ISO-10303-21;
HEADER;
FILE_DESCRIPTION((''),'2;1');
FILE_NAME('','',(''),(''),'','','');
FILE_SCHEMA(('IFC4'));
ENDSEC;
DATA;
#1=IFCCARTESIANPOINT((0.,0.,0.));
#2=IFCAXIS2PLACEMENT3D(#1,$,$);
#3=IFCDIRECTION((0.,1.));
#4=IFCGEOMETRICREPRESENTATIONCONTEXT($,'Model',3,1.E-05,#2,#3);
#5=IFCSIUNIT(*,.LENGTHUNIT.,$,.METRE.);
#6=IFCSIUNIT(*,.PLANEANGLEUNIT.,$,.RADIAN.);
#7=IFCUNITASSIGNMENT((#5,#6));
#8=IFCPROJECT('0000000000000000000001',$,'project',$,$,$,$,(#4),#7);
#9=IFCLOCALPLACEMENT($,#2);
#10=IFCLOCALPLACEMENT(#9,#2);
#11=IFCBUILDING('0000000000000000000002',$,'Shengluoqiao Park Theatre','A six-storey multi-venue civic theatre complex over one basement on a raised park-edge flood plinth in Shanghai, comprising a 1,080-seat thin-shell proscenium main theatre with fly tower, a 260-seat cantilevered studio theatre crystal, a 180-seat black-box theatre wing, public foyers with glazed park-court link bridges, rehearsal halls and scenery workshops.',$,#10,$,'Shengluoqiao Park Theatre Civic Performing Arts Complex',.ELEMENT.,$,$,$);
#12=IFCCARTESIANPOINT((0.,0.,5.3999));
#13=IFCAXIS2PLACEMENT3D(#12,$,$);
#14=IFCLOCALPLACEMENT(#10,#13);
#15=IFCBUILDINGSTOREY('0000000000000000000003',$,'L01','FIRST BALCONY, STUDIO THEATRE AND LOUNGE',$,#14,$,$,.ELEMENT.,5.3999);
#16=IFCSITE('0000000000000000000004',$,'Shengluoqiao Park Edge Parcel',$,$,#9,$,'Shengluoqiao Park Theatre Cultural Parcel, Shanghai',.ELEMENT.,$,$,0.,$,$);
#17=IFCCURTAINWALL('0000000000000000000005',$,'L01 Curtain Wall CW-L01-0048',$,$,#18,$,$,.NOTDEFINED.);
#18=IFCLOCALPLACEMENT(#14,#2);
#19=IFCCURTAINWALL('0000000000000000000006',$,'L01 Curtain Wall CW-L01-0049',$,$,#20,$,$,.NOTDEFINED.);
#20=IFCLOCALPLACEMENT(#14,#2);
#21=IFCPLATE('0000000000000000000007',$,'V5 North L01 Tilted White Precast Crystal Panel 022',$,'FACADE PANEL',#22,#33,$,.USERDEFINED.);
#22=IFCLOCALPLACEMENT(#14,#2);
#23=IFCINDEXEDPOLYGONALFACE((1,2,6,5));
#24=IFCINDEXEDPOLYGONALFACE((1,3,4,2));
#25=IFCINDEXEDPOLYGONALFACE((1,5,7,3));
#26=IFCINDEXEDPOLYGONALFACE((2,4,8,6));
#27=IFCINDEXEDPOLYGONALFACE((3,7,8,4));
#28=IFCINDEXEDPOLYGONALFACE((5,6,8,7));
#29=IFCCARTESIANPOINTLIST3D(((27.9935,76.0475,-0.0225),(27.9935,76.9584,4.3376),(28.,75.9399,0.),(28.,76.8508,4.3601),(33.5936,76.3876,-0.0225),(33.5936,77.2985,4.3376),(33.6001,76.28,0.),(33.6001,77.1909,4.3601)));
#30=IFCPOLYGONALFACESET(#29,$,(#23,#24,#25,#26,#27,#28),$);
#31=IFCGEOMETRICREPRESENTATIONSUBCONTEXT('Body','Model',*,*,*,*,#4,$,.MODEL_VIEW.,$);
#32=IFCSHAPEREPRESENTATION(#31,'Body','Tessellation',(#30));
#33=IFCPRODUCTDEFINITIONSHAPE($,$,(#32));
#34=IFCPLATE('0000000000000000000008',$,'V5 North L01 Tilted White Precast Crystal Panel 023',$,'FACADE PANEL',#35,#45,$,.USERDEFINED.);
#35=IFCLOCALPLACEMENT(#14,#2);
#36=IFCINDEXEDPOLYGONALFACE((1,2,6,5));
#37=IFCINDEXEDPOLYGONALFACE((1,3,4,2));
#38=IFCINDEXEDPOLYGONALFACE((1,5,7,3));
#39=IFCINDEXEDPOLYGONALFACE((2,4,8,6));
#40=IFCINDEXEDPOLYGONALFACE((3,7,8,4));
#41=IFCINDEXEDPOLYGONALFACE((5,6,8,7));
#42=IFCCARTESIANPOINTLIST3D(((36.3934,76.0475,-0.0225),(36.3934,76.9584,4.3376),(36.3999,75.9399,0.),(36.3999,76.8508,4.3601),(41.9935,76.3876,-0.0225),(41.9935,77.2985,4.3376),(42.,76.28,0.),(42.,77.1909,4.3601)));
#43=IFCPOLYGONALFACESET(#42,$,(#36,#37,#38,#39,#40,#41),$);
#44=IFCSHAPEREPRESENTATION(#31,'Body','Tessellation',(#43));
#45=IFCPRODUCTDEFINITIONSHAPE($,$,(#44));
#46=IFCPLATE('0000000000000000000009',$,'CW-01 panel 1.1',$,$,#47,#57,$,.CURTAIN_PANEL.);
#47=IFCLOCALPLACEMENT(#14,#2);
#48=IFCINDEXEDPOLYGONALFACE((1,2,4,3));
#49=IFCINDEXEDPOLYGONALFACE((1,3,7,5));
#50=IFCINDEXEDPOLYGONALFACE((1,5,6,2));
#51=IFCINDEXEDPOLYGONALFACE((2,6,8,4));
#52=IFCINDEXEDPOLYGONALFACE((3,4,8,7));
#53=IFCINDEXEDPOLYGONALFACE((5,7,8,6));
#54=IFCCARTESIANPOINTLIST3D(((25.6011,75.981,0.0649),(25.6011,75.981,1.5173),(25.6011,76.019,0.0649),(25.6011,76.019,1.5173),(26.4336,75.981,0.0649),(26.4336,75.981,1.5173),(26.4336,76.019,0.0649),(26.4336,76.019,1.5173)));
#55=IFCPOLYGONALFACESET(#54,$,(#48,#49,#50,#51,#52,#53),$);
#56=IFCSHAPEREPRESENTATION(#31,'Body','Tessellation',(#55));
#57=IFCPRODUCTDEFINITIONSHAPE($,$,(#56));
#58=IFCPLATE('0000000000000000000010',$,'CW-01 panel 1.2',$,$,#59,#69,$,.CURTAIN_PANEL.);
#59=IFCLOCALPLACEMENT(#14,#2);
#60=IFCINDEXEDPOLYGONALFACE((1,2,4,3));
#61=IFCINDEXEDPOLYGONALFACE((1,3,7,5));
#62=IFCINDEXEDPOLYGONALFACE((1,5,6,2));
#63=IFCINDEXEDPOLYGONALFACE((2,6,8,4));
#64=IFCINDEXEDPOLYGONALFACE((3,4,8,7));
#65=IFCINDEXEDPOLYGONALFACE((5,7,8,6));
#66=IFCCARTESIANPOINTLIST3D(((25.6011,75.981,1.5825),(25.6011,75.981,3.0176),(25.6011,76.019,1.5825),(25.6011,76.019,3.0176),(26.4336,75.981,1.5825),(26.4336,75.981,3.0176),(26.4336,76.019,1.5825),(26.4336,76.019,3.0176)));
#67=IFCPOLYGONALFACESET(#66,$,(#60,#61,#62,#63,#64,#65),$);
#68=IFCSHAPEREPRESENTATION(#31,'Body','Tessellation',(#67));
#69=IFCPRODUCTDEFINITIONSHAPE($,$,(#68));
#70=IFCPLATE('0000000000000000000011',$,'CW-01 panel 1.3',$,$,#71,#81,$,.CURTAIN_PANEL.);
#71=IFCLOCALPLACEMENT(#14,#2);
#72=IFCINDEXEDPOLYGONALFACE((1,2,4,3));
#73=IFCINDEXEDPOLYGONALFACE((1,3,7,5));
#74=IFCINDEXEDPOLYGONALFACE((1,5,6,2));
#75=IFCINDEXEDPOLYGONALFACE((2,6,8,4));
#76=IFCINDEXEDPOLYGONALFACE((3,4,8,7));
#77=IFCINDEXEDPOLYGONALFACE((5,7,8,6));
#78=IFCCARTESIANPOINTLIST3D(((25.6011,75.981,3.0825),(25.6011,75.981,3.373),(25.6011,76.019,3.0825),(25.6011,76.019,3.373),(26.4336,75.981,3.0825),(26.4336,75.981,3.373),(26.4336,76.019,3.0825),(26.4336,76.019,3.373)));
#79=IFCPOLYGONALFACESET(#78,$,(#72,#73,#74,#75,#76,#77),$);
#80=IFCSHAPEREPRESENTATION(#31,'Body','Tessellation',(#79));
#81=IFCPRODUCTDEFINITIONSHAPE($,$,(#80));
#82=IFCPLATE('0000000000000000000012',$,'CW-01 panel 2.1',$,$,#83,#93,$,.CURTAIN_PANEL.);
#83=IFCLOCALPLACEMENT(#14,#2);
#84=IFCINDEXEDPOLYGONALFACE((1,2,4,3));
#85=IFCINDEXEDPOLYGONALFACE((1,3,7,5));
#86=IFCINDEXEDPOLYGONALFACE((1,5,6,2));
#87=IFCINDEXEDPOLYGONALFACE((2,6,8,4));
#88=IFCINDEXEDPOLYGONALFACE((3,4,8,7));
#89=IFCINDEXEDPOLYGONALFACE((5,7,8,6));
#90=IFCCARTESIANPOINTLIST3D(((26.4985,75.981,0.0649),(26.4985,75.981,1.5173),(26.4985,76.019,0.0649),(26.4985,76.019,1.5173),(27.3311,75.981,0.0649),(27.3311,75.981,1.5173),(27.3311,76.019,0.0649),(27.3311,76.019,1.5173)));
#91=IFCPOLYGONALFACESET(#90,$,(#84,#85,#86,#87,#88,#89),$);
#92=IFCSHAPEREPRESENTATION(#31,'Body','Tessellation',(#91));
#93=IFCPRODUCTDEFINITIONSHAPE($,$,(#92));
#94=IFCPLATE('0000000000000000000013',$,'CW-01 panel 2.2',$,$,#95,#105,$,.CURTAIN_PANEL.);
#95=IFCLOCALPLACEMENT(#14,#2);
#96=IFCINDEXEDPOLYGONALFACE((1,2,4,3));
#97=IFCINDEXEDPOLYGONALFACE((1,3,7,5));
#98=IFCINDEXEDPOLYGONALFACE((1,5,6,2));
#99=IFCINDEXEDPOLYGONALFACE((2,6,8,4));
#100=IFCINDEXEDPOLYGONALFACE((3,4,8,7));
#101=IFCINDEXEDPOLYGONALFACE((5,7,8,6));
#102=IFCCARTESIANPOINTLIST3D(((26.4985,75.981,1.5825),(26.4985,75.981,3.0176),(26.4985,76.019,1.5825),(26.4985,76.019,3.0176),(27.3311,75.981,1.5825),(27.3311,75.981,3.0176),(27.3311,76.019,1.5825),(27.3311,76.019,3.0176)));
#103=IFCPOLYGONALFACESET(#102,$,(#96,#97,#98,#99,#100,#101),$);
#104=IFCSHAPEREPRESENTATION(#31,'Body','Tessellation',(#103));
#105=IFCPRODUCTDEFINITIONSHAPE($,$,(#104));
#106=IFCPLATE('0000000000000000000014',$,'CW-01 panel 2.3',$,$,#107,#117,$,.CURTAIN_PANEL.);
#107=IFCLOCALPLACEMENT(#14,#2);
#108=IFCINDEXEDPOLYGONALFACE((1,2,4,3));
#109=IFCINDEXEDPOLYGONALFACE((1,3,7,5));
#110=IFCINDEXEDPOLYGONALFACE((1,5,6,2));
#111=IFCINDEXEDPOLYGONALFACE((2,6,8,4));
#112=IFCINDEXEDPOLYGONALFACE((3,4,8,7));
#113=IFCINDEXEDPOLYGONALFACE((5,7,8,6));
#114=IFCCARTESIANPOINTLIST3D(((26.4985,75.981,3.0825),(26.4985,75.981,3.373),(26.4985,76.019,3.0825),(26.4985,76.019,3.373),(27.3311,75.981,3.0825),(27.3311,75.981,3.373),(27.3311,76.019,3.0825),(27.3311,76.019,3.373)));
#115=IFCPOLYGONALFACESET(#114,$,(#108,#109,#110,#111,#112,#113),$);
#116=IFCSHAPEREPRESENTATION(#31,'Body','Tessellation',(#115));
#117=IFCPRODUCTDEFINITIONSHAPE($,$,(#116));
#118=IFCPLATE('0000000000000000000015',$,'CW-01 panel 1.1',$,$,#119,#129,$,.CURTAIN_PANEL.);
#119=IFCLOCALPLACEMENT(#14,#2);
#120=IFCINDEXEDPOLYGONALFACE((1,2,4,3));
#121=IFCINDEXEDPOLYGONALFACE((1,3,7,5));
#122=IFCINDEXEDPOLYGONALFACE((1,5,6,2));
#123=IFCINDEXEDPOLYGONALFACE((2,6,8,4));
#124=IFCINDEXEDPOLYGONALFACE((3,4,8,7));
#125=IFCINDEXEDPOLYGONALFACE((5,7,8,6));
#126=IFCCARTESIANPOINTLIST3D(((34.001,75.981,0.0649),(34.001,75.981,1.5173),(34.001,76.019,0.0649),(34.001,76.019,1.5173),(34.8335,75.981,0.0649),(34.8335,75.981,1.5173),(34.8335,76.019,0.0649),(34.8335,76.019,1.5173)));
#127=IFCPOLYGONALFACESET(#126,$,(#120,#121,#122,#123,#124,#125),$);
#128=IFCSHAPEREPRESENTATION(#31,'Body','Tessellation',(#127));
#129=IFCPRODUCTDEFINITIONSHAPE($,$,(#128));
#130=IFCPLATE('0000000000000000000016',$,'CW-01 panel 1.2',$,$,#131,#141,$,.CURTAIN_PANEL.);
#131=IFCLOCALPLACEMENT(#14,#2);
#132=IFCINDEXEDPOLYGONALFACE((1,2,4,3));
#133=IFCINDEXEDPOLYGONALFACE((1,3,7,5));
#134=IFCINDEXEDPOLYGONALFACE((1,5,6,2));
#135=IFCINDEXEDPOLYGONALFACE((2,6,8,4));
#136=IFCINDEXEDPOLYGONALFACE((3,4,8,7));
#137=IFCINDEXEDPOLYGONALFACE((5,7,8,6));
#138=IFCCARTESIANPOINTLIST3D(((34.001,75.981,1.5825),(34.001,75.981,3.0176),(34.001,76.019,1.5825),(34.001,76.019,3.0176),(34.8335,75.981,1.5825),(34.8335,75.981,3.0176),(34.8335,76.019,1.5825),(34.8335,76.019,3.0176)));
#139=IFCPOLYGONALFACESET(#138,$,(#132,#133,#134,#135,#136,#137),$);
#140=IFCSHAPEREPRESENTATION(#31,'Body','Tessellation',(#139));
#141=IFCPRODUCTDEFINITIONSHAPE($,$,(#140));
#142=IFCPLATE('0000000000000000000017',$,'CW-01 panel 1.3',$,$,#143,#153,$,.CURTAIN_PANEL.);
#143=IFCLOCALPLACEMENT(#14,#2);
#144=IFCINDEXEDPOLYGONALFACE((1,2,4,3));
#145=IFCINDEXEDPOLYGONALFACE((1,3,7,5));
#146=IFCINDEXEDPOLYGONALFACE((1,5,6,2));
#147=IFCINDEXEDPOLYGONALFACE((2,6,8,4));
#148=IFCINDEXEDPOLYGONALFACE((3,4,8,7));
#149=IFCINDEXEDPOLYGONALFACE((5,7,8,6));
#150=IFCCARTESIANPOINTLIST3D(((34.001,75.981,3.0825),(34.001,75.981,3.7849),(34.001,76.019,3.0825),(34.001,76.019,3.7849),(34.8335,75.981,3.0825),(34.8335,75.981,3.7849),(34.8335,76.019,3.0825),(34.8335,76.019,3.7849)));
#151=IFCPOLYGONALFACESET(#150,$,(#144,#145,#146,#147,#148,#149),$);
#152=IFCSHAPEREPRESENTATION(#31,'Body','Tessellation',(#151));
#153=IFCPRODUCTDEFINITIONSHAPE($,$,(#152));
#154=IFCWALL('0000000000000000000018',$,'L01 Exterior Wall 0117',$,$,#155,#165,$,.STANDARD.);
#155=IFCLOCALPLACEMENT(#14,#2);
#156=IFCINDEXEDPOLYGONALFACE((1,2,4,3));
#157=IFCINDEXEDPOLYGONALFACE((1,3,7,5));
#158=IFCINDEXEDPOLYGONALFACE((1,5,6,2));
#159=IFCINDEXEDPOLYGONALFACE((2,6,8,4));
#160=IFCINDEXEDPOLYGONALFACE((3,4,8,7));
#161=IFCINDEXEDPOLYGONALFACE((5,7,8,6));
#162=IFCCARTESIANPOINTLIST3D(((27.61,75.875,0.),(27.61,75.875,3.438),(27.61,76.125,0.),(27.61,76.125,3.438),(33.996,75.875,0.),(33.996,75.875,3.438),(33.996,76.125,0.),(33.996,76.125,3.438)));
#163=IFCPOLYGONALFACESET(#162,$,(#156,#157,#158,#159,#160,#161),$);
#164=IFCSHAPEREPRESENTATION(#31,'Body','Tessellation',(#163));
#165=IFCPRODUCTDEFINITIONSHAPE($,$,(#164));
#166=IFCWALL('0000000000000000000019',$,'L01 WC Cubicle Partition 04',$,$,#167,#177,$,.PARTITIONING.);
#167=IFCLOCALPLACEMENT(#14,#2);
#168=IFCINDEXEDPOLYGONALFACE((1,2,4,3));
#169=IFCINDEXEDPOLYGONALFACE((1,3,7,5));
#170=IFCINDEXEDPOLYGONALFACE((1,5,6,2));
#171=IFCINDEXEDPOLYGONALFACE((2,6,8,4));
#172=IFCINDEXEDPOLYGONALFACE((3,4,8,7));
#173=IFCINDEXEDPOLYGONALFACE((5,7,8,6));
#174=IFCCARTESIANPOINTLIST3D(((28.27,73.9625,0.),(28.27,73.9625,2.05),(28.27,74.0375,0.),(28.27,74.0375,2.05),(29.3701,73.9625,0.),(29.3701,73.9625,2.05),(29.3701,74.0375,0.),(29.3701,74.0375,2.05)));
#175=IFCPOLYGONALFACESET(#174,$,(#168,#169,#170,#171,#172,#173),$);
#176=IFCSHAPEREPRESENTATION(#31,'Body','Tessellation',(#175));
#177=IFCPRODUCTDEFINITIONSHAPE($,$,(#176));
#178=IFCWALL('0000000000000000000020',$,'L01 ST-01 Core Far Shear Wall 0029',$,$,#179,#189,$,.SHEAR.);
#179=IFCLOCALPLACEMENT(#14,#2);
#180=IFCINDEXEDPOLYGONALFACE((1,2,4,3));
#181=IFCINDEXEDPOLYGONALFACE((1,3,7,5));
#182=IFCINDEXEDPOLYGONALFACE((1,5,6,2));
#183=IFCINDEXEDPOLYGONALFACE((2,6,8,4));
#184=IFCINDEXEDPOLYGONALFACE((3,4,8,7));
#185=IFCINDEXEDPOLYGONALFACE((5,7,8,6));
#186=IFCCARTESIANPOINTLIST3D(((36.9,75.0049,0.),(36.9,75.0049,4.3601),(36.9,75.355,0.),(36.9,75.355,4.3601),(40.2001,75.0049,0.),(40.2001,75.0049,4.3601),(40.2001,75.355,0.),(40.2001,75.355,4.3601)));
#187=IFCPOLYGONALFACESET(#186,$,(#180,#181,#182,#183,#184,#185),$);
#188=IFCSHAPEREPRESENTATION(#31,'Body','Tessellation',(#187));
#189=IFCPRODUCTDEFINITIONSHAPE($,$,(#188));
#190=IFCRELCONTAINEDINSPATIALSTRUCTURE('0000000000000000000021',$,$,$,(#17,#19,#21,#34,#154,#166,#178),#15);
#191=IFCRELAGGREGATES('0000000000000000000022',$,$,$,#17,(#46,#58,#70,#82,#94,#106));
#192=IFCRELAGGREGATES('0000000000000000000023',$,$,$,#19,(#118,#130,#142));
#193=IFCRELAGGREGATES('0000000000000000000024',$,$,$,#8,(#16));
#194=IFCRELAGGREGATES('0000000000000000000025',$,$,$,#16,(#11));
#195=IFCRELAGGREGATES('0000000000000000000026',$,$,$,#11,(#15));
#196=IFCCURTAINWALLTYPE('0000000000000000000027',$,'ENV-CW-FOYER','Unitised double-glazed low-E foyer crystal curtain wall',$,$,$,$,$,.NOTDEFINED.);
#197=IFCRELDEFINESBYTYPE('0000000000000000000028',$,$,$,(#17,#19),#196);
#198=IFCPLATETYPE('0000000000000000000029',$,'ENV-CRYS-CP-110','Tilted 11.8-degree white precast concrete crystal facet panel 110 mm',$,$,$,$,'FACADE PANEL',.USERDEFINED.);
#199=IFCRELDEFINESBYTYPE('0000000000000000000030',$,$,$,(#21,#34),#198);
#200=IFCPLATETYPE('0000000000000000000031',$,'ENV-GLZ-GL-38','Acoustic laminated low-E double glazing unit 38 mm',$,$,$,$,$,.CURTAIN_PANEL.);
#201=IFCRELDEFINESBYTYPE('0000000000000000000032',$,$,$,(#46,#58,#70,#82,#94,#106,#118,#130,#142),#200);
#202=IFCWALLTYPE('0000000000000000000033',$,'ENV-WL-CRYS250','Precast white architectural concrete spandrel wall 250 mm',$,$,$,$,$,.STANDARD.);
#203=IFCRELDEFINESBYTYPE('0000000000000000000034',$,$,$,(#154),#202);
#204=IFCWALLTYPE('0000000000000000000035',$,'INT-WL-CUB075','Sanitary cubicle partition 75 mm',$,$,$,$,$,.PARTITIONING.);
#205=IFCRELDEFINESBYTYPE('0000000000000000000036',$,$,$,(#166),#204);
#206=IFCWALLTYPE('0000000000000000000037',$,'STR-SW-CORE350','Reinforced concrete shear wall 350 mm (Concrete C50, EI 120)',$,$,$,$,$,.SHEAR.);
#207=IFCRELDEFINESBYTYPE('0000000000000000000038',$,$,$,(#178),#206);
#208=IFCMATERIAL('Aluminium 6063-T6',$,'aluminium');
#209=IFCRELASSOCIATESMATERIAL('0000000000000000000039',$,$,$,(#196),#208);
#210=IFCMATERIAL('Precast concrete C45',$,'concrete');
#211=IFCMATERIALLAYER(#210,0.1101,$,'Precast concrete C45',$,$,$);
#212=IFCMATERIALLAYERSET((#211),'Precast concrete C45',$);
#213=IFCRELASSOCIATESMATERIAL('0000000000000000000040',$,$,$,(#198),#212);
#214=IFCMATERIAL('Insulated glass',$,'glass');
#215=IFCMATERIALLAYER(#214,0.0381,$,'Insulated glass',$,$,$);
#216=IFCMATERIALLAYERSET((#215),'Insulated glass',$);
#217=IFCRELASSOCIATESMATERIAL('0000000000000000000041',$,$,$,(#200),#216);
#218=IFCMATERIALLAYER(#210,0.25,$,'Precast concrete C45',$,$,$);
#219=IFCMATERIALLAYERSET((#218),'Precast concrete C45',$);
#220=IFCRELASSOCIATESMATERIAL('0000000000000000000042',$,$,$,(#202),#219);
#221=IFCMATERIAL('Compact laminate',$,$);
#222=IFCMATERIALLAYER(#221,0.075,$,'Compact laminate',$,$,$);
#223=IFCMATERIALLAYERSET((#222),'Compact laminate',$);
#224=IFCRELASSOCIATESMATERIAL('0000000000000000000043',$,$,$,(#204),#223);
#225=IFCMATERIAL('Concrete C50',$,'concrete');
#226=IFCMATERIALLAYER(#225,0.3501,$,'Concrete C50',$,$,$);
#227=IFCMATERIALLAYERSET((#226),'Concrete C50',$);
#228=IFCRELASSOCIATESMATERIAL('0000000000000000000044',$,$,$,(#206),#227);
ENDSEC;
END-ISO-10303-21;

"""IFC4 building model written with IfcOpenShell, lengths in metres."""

from ifc_helpers import new_model, si_unit, direction, frame, frame_2d, origin, origin_2d, place, context, subcontext, project, spatial, polyline, rectangle, outline, extrude, material, layer, layer_set, type_object, element, aggregate, save


model = new_model("IFC4")

# Units and contexts
model_context = context("Model", 3, precision=1e-05, world=origin(), true_north=direction((0.0, 1.0)))
body_context = subcontext(model_context, "Body", "Model", "MODEL_VIEW")
ifc_project = project(units=[si_unit("LENGTHUNIT", "METRE"), si_unit("PLANEANGLEUNIT", "RADIAN")], contexts=[model_context])

# Site, building, storey
site_placement = place(None, origin())
site = spatial("IfcSite", under=ifc_project, at=site_placement, Name="Shengluoqiao Park Edge Parcel", LongName="Shengluoqiao Park Theatre Cultural Parcel, Shanghai", CompositionType="ELEMENT", RefElevation=0.0)
building_placement = place(site_placement, origin())
building = spatial("IfcBuilding", under=site, at=building_placement, Name="Shengluoqiao Park Theatre", Description="A six-storey multi-venue civic theatre complex over one basement on a raised park-edge flood plinth in Shanghai, comprising a 1,080-seat thin-shell proscenium main theatre with fly tower, a 260-seat cantilevered studio theatre crystal, a 180-seat black-box theatre wing, public foyers with glazed park-court link bridges, rehearsal halls and scenery workshops.", LongName="Shengluoqiao Park Theatre Civic Performing Arts Complex", CompositionType="ELEMENT")
storey_placement = place(building_placement, frame((0.0, 0.0, 5.3999)))
storey = spatial("IfcBuildingStorey", under=building, at=storey_placement, Name="L01", Description="FIRST BALCONY, STUDIO THEATRE AND LOUNGE", CompositionType="ELEMENT", Elevation=5.3999)

# Curtain walls
ifc_material_1 = material(Name="Aluminium 6063-T6", Category="aluminium")
curtain_wall_type = type_object("IfcCurtainWallType", Name="ENV-CW-FOYER", Description="Unitised double-glazed low-E foyer crystal curtain wall", PredefinedType="NOTDEFINED", material=ifc_material_1)
curtain_wall_1_placement = place(storey_placement, origin())
curtain_wall_1 = element("IfcCurtainWall", 1, at=curtain_wall_1_placement, inside=storey, type_object=curtain_wall_type, Name="L01 Curtain Wall CW-L01-0048", PredefinedType="NOTDEFINED")
curtain_wall_2_placement = place(storey_placement, origin())
curtain_wall_2 = element("IfcCurtainWall", 2, at=curtain_wall_2_placement, inside=storey, type_object=curtain_wall_type, Name="L01 Curtain Wall CW-L01-0049", PredefinedType="NOTDEFINED")

# Plates
ifc_material_2 = material(Name="Precast concrete C45", Category="concrete")
ifc_layer_1 = layer(ifc_material_2, 0.1101, Name="Precast concrete C45")
ifc_layer_set_1 = layer_set([ifc_layer_1], Name="Precast concrete C45")
plate_type_1 = type_object("IfcPlateType", Name="ENV-CRYS-CP-110", Description="Tilted 11.8-degree white precast concrete crystal facet panel 110 mm", ElementType="FACADE PANEL", PredefinedType="USERDEFINED", material=ifc_layer_set_1)
for number, where, z_axis, x_axis, name in (
    (3, (28.0, 75.9399, 0.0), (0.059341, -0.977142, 0.204139), (0.998161, 0.060617, 0.0), "V5 North L01 Tilted White Precast Crystal Panel 022"),
    (4, (36.3999, 75.9399, 0.0), (0.059341, -0.977142, 0.204139), (0.998161, 0.060617, 0.0), "V5 North L01 Tilted White Precast Crystal Panel 023"),
):
    element("IfcPlate", number, at=place(storey_placement, frame(where, z_axis=z_axis, x_axis=x_axis)), inside=storey, type_object=plate_type_1, Name=name, ObjectType="FACADE PANEL", PredefinedType="USERDEFINED", context=body_context, shape_type="SweptSolid", body=[
        extrude(outline(polyline([(0.0, 0.0), (5.6104, 0.0), (5.6656, 4.4539), (0.0552, 4.4539), (0.0, 0.0)])), origin(), (0.0, 0.0, -1.0), 0.1101),
    ])

# Plates
ifc_material_3 = material(Name="Insulated glass", Category="glass")
ifc_layer_2 = layer(ifc_material_3, 0.0381, Name="Insulated glass")
ifc_layer_set_2 = layer_set([ifc_layer_2], Name="Insulated glass")
plate_type_2 = type_object("IfcPlateType", Name="ENV-GLZ-GL-38", Description="Acoustic laminated low-E double glazing unit 38 mm", PredefinedType="CURTAIN_PANEL", material=ifc_layer_set_2)
plate_1_placement = place(storey_placement, frame((26.0173, 76.0, 0.0649), z_axis=(0.0, 0.0, 1.0), x_axis=(1.0, 0.0, 0.0)))
plate_1 = element("IfcPlate", 5, at=plate_1_placement, type_object=plate_type_2, Name="CW-01 panel 1.1", PredefinedType="CURTAIN_PANEL", context=body_context, shape_type="SweptSolid", body=[
    extrude(rectangle(XDim=0.8325, YDim=0.0381, at=origin_2d()), origin(), (0.0, 0.0, 1.0), 1.4524),
])
plate_2_placement = place(storey_placement, frame((26.0173, 76.0, 1.5825), z_axis=(0.0, 0.0, 1.0), x_axis=(1.0, 0.0, 0.0)))
plate_2 = element("IfcPlate", 6, at=plate_2_placement, type_object=plate_type_2, Name="CW-01 panel 1.2", PredefinedType="CURTAIN_PANEL", context=body_context, shape_type="SweptSolid", body=[
    extrude(rectangle(XDim=0.8325, YDim=0.0381, at=origin_2d()), origin(), (0.0, 0.0, 1.0), 1.4351),
])
plate_3_placement = place(storey_placement, frame((26.0173, 76.0, 3.0825), z_axis=(0.0, 0.0, 1.0), x_axis=(1.0, 0.0, 0.0)))
plate_3 = element("IfcPlate", 7, at=plate_3_placement, type_object=plate_type_2, Name="CW-01 panel 1.3", PredefinedType="CURTAIN_PANEL", context=body_context, shape_type="SweptSolid", body=[
    extrude(rectangle(XDim=0.8325, YDim=0.0381, at=origin_2d()), origin(), (0.0, 0.0, 1.0), 0.2905),
])
plate_4_placement = place(storey_placement, frame((26.9148, 76.0, 0.0649), z_axis=(0.0, 0.0, 1.0), x_axis=(1.0, 0.0, 0.0)))
plate_4 = element("IfcPlate", 8, at=plate_4_placement, type_object=plate_type_2, Name="CW-01 panel 2.1", PredefinedType="CURTAIN_PANEL", context=body_context, shape_type="SweptSolid", body=[
    extrude(rectangle(XDim=0.8325, YDim=0.0381, at=origin_2d()), origin(), (0.0, 0.0, 1.0), 1.4524),
])
plate_5_placement = place(storey_placement, frame((26.9148, 76.0, 1.5825), z_axis=(0.0, 0.0, 1.0), x_axis=(1.0, 0.0, 0.0)))
plate_5 = element("IfcPlate", 9, at=plate_5_placement, type_object=plate_type_2, Name="CW-01 panel 2.2", PredefinedType="CURTAIN_PANEL", context=body_context, shape_type="SweptSolid", body=[
    extrude(rectangle(XDim=0.8325, YDim=0.0381, at=origin_2d()), origin(), (0.0, 0.0, 1.0), 1.4351),
])
plate_6_placement = place(storey_placement, frame((26.9148, 76.0, 3.0825), z_axis=(0.0, 0.0, 1.0), x_axis=(1.0, 0.0, 0.0)))
plate_6 = element("IfcPlate", 10, at=plate_6_placement, type_object=plate_type_2, Name="CW-01 panel 2.3", PredefinedType="CURTAIN_PANEL", context=body_context, shape_type="SweptSolid", body=[
    extrude(rectangle(XDim=0.8325, YDim=0.0381, at=origin_2d()), origin(), (0.0, 0.0, 1.0), 0.2905),
])
aggregate(curtain_wall_1, [plate_1, plate_2, plate_3, plate_4, plate_5, plate_6])
plate_7_placement = place(storey_placement, frame((34.4172, 76.0, 0.0649), z_axis=(0.0, 0.0, 1.0), x_axis=(1.0, 0.0, 0.0)))
plate_7 = element("IfcPlate", 11, at=plate_7_placement, type_object=plate_type_2, Name="CW-01 panel 1.1", PredefinedType="CURTAIN_PANEL", context=body_context, shape_type="SweptSolid", body=[
    extrude(rectangle(XDim=0.8325, YDim=0.0381, at=origin_2d()), origin(), (0.0, 0.0, 1.0), 1.4524),
])
plate_8_placement = place(storey_placement, frame((34.4172, 76.0, 1.5825), z_axis=(0.0, 0.0, 1.0), x_axis=(1.0, 0.0, 0.0)))
plate_8 = element("IfcPlate", 12, at=plate_8_placement, type_object=plate_type_2, Name="CW-01 panel 1.2", PredefinedType="CURTAIN_PANEL", context=body_context, shape_type="SweptSolid", body=[
    extrude(rectangle(XDim=0.8325, YDim=0.0381, at=origin_2d()), origin(), (0.0, 0.0, 1.0), 1.4351),
])
plate_9_placement = place(storey_placement, frame((34.4172, 76.0, 3.0825), z_axis=(0.0, 0.0, 1.0), x_axis=(1.0, 0.0, 0.0)))
plate_9 = element("IfcPlate", 13, at=plate_9_placement, type_object=plate_type_2, Name="CW-01 panel 1.3", PredefinedType="CURTAIN_PANEL", context=body_context, shape_type="SweptSolid", body=[
    extrude(rectangle(XDim=0.8325, YDim=0.0381, at=origin_2d()), origin(), (0.0, 0.0, 1.0), 0.7024),
])
aggregate(curtain_wall_2, [plate_7, plate_8, plate_9])

# Walls
ifc_layer_3 = layer(ifc_material_2, 0.25, Name="Precast concrete C45")
ifc_layer_set_3 = layer_set([ifc_layer_3], Name="Precast concrete C45")
wall_type_1 = type_object("IfcWallType", Name="ENV-WL-CRYS250", Description="Precast white architectural concrete spandrel wall 250 mm", PredefinedType="STANDARD", material=ifc_layer_set_3)
wall_1_placement = place(storey_placement, frame((27.6101, 76.0, 0.0), z_axis=(0.0, 0.0, 1.0), x_axis=(1.0, 0.0, 0.0)))
element("IfcWall", 14, at=wall_1_placement, inside=storey, type_object=wall_type_1, Name="L01 Exterior Wall 0117", PredefinedType="STANDARD", context=body_context, shape_type="SweptSolid", body=[
    extrude(rectangle(XDim=6.386, YDim=0.25, at=frame_2d((3.1929, 0.0))), origin(), (0.0, 0.0, 1.0), 3.438),
])
ifc_material_4 = material(Name="Compact laminate")
ifc_layer_4 = layer(ifc_material_4, 0.075, Name="Compact laminate")
ifc_layer_set_4 = layer_set([ifc_layer_4], Name="Compact laminate")
wall_type_2 = type_object("IfcWallType", Name="INT-WL-CUB075", Description="Sanitary cubicle partition 75 mm", PredefinedType="PARTITIONING", material=ifc_layer_set_4)
wall_2_placement = place(storey_placement, frame((28.27, 74.0, 0.0), z_axis=(0.0, 0.0, 1.0), x_axis=(1.0, 0.0, 0.0)))
element("IfcWall", 15, at=wall_2_placement, inside=storey, type_object=wall_type_2, Name="L01 WC Cubicle Partition 04", PredefinedType="PARTITIONING", context=body_context, shape_type="SweptSolid", body=[
    extrude(rectangle(XDim=1.1001, YDim=0.075, at=frame_2d((0.55, 0.0))), origin(), (0.0, 0.0, 1.0), 2.05),
])
ifc_material_5 = material(Name="Concrete C50", Category="concrete")
ifc_layer_5 = layer(ifc_material_5, 0.3501, Name="Concrete C50")
ifc_layer_set_5 = layer_set([ifc_layer_5], Name="Concrete C50")
wall_type_3 = type_object("IfcWallType", Name="STR-SW-CORE350", Description="Reinforced concrete shear wall 350 mm (Concrete C50, EI 120)", PredefinedType="SHEAR", material=ifc_layer_set_5)
wall_3_placement = place(storey_placement, frame((40.2, 75.1799, 0.0), z_axis=(0.0, 0.0, 1.0), x_axis=(-1.0, 0.0, 0.0)))
element("IfcWall", 16, at=wall_3_placement, inside=storey, type_object=wall_type_3, Name="L01 ST-01 Core Far Shear Wall 0029", PredefinedType="SHEAR", context=body_context, shape_type="SweptSolid", body=[
    extrude(rectangle(XDim=3.3, YDim=0.3501, at=frame_2d((1.6499, 0.0))), origin(), (0.0, 0.0, 1.0), 4.3601),
])

save(model, "model.ifc")
